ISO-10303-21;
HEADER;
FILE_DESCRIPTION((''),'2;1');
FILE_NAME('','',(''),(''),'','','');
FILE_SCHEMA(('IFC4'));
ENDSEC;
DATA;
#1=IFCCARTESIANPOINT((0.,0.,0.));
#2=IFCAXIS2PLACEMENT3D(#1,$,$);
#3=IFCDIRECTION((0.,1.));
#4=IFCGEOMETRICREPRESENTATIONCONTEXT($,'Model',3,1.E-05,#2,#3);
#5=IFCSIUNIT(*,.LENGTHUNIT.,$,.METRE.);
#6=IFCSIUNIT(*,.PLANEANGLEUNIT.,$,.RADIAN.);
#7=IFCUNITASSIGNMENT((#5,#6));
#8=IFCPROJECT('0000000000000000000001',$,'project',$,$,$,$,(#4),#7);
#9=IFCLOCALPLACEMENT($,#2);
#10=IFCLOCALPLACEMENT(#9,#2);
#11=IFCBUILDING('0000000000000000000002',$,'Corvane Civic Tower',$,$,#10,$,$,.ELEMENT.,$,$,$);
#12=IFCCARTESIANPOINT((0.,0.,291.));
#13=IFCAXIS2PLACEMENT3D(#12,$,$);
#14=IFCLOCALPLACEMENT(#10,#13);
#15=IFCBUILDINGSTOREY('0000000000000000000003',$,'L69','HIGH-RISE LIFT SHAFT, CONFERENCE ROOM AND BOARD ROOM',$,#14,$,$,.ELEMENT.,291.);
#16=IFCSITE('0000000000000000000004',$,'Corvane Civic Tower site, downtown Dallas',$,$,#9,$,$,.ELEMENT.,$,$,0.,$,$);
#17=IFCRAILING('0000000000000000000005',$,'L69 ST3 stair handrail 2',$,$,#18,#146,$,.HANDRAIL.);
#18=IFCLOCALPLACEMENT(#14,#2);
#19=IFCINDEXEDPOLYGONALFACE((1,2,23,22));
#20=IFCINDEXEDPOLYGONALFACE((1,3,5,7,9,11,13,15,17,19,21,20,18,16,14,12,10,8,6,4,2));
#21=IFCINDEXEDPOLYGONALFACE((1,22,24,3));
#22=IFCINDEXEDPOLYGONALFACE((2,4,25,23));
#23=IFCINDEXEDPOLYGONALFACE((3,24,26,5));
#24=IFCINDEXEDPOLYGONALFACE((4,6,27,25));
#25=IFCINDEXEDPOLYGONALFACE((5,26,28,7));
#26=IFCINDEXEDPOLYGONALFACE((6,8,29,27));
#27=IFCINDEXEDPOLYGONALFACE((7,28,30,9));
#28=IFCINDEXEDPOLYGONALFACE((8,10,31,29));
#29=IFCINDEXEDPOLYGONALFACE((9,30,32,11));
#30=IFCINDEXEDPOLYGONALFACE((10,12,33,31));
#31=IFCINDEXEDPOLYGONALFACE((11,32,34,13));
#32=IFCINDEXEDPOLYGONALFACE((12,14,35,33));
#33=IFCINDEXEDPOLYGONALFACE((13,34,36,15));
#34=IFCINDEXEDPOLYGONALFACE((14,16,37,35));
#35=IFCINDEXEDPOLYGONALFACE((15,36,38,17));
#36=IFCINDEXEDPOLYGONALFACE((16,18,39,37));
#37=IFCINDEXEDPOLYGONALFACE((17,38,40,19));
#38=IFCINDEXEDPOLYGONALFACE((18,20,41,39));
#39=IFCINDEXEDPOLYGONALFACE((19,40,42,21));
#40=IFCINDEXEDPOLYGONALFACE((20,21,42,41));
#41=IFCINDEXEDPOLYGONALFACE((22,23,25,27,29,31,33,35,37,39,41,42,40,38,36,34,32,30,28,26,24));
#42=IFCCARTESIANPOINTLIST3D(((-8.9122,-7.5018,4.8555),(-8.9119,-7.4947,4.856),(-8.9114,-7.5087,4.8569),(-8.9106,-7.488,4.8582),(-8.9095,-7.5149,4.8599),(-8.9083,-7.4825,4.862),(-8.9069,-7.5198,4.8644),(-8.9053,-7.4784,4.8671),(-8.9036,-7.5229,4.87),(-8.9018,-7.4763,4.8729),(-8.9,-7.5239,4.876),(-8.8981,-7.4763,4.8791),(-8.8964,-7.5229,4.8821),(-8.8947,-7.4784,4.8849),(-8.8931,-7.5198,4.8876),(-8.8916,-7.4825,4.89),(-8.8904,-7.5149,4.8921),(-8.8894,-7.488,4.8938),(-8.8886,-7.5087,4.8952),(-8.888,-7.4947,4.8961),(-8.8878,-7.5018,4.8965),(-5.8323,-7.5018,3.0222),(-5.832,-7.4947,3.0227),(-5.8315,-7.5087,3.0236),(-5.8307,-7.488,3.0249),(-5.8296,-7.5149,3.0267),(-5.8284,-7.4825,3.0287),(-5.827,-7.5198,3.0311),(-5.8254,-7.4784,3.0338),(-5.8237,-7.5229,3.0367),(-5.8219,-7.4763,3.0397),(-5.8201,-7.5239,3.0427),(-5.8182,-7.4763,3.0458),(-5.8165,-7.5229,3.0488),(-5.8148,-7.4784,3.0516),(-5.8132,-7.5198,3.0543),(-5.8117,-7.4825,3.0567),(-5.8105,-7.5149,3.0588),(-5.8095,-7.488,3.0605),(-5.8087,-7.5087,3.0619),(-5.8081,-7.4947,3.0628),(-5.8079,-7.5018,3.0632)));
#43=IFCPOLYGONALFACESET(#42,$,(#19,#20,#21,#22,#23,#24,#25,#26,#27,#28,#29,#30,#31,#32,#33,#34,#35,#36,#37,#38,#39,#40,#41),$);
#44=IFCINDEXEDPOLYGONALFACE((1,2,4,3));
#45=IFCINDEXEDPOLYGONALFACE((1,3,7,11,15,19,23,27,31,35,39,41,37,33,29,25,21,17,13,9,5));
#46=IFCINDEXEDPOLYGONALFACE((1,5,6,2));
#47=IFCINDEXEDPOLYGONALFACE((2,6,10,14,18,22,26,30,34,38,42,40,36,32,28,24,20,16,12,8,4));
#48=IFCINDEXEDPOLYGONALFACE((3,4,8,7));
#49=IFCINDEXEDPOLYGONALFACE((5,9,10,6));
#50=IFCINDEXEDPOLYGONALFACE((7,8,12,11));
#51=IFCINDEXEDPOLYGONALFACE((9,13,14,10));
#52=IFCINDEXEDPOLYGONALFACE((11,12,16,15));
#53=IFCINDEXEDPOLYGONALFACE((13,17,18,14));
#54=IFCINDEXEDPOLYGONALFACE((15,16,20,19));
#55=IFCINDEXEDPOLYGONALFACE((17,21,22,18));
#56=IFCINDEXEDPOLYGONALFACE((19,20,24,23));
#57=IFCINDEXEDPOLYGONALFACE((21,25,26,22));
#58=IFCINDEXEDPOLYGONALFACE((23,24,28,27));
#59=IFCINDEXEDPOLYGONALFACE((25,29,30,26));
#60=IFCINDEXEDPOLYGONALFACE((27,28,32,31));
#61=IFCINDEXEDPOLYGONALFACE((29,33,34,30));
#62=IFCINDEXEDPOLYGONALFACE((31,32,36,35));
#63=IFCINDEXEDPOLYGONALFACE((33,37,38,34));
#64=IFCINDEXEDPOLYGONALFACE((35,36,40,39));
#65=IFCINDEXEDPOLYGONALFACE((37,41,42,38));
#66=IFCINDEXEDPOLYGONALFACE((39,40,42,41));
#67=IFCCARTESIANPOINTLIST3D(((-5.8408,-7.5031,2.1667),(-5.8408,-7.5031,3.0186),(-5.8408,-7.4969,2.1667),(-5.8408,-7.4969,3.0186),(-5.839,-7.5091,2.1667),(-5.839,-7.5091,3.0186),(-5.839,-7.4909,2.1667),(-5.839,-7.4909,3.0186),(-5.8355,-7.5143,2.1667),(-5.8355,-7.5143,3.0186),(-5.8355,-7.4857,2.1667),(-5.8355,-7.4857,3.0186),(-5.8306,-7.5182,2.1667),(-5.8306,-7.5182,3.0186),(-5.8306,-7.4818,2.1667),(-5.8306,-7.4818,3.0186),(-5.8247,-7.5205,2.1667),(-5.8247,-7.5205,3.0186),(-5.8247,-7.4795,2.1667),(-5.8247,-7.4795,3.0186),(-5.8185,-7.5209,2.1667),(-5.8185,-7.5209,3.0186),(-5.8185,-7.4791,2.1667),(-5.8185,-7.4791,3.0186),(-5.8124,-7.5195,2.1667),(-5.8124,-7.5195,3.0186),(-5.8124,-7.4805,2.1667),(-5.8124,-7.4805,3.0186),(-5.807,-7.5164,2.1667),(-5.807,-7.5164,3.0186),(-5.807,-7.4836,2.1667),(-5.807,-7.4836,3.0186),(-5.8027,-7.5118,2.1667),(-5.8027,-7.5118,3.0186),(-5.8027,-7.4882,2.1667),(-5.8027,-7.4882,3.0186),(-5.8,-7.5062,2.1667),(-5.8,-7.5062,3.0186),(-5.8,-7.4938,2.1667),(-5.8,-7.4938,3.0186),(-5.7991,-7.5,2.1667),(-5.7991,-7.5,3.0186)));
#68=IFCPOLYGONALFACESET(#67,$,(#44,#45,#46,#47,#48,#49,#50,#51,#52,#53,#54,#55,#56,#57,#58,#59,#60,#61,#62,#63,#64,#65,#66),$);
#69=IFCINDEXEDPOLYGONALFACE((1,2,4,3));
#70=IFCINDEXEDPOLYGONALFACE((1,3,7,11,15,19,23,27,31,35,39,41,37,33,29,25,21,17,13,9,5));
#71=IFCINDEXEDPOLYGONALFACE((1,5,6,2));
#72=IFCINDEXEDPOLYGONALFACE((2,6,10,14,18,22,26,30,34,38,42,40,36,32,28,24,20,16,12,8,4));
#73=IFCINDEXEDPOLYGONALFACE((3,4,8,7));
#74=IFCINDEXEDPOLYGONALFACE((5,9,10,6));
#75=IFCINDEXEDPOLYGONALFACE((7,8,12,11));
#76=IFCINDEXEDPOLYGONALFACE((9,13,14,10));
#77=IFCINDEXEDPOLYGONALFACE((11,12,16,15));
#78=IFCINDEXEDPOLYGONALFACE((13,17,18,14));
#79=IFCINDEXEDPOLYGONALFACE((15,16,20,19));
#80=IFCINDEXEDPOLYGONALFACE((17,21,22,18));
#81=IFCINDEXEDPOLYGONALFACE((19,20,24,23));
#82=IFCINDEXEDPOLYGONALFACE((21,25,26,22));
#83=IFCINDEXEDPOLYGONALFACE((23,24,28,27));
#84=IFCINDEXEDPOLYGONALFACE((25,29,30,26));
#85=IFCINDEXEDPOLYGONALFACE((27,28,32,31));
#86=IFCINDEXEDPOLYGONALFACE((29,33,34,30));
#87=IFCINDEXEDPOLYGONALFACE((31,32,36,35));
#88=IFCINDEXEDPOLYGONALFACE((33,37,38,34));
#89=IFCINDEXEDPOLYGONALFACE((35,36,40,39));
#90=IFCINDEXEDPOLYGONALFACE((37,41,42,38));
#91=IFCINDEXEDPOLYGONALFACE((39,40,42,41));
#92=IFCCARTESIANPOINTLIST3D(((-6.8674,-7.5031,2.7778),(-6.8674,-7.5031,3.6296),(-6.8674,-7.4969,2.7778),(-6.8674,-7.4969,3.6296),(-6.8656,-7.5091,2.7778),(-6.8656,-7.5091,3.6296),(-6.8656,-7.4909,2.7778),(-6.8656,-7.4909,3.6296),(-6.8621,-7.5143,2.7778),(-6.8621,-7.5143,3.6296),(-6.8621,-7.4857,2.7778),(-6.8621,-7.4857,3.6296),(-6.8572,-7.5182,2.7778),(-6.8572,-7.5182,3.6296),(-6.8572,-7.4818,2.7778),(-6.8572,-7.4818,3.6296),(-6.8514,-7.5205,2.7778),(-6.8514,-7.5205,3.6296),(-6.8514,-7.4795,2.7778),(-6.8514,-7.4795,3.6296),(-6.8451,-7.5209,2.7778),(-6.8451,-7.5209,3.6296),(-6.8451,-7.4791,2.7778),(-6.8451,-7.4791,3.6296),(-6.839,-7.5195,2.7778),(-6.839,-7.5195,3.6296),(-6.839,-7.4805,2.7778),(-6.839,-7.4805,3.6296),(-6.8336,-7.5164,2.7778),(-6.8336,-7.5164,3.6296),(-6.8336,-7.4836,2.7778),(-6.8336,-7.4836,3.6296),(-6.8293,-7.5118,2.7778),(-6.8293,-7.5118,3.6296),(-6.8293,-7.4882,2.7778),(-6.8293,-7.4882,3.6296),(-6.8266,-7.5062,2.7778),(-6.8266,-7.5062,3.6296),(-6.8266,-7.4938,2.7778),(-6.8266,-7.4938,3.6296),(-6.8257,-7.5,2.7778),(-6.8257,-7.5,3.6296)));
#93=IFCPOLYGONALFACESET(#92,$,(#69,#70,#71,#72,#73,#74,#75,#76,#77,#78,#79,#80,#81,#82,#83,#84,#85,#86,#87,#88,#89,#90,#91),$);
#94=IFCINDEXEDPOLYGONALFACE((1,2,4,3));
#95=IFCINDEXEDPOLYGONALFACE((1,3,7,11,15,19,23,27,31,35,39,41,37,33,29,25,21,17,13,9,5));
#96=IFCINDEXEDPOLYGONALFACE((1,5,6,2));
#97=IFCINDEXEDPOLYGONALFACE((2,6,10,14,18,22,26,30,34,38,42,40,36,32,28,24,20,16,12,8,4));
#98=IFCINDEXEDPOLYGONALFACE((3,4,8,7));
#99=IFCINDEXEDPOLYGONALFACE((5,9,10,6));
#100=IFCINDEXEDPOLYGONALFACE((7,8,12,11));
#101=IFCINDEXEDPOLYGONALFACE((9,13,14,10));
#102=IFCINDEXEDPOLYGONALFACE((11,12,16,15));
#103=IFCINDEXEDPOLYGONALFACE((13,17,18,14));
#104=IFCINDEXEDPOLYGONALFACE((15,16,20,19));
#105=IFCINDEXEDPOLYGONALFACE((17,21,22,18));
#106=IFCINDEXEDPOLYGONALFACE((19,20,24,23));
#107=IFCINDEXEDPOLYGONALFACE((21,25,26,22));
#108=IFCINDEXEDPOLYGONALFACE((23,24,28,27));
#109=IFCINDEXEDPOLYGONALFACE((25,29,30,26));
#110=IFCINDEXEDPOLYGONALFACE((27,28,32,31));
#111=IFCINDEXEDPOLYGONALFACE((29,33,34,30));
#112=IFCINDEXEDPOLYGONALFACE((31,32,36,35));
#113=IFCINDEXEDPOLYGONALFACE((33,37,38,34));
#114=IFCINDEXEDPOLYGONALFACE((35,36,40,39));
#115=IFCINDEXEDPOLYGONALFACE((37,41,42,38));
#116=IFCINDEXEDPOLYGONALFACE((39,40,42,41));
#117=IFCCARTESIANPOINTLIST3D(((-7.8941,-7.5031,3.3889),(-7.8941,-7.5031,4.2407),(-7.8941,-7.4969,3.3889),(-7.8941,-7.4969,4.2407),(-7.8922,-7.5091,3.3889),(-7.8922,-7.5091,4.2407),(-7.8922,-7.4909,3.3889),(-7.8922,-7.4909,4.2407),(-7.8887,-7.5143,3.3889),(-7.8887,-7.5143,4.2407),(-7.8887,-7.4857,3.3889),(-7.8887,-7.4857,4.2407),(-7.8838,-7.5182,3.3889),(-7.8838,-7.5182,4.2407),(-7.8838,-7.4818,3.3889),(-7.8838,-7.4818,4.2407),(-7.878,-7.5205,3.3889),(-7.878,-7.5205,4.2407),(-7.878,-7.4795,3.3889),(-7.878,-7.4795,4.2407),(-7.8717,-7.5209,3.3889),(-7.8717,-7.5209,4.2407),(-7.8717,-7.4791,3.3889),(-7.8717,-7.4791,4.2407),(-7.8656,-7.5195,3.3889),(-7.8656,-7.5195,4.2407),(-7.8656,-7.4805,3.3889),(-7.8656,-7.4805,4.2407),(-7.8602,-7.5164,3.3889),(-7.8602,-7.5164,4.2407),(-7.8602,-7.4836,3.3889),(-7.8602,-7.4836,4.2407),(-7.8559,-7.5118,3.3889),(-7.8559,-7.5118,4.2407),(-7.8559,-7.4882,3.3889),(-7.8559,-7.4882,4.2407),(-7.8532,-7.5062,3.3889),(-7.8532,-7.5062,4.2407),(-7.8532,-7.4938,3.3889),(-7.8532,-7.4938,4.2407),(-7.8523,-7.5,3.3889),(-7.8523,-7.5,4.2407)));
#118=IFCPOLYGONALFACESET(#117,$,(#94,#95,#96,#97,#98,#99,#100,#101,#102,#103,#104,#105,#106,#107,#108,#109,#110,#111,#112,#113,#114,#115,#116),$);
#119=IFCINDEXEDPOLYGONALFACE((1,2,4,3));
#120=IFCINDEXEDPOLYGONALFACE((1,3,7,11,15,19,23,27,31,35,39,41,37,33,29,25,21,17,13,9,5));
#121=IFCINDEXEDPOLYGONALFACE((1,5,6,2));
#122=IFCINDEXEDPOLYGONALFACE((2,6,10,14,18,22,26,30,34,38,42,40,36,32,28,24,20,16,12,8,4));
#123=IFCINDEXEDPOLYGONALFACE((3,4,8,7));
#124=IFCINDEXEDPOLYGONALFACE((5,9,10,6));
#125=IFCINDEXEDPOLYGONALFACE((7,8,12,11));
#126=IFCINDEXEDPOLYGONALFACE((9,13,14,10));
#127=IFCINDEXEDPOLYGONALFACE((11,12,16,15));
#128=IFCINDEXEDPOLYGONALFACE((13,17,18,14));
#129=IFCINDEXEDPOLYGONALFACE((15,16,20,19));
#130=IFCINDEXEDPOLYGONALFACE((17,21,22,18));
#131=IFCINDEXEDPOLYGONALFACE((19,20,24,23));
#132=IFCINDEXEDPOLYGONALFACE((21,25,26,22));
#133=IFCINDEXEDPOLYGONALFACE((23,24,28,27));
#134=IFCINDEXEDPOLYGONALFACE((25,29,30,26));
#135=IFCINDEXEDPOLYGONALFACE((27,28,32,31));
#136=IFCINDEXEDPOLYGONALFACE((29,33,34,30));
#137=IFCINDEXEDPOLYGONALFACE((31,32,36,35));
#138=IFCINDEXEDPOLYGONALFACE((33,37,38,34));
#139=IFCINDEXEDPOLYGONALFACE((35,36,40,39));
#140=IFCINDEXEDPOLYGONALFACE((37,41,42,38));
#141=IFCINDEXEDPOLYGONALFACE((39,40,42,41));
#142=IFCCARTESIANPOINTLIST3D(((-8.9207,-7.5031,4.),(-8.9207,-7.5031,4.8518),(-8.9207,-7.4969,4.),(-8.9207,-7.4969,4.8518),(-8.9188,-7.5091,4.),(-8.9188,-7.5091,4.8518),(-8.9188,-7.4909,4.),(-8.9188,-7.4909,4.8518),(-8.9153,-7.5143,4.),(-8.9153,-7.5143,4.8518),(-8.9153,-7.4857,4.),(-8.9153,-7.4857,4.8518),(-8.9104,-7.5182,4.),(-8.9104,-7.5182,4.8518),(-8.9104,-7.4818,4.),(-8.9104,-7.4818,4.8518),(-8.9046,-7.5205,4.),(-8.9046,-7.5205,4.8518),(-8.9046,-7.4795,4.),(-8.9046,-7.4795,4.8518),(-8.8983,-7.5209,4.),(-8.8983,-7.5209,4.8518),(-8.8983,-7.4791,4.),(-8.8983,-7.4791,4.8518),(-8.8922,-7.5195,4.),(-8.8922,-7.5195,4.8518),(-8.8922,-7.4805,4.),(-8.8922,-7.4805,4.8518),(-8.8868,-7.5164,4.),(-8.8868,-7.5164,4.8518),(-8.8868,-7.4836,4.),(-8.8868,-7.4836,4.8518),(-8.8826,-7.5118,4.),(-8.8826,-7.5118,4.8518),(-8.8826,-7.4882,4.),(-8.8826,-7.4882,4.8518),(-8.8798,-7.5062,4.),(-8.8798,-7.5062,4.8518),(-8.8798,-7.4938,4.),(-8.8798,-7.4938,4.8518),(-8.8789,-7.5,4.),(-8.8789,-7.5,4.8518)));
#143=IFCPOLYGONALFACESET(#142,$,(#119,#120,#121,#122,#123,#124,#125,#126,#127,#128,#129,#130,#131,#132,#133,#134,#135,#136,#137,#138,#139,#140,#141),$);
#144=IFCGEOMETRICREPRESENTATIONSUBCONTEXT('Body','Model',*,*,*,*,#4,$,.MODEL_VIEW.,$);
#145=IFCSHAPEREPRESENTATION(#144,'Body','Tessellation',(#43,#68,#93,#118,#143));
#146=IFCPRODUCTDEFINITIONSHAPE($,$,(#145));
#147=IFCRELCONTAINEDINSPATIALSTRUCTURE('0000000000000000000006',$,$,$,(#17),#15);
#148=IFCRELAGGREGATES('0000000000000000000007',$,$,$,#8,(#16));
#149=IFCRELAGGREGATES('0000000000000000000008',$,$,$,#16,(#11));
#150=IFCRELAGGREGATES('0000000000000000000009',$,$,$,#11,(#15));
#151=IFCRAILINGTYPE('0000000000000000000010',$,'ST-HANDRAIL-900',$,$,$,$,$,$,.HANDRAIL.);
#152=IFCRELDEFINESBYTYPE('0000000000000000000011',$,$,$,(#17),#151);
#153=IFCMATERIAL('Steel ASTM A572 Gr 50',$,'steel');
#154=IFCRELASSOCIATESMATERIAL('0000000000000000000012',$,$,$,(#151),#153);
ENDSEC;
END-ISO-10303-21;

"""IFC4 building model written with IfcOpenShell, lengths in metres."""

from ifc_helpers import new_model, si_unit, direction, frame, origin, origin_2d, place, context, subcontext, project, spatial, circle, extrude, material, type_object, element, save


model = new_model("IFC4")

# Units and contexts
model_context = context("Model", 3, precision=1e-05, world=origin(), true_north=direction((0.0, 1.0)))
body_context = subcontext(model_context, "Body", "Model", "MODEL_VIEW")
ifc_project = project(units=[si_unit("LENGTHUNIT", "METRE"), si_unit("PLANEANGLEUNIT", "RADIAN")], contexts=[model_context])

# Site, building, storey
site_placement = place(None, origin())
site = spatial("IfcSite", under=ifc_project, at=site_placement, Name="Corvane Civic Tower site, downtown Dallas", CompositionType="ELEMENT", RefElevation=0.0)
building_placement = place(site_placement, origin())
building = spatial("IfcBuilding", under=site, at=building_placement, Name="Corvane Civic Tower", CompositionType="ELEMENT")
storey_placement = place(building_placement, frame((0.0, 0.0, 291.0)))
storey = spatial("IfcBuildingStorey", under=building, at=storey_placement, Name="L69", Description="HIGH-RISE LIFT SHAFT, CONFERENCE ROOM AND BOARD ROOM", CompositionType="ELEMENT", Elevation=291.0)

# Railing
ifc_material_1 = material(Name="Steel ASTM A572 Gr 50", Category="steel")
railing_type_1 = type_object("IfcRailingType", Name="ST-HANDRAIL-900", PredefinedType="HANDRAIL", material=ifc_material_1)
railing_1_placement = place(storey_placement, frame((-5.8201, -7.5, 2.1667)))
element("IfcRailing", 1, at=railing_1_placement, inside=storey, type_object=railing_type_1, Name="L69 ST3 stair handrail 2", PredefinedType="HANDRAIL", context=body_context, shape_type="SweptSolid", body=[
    extrude(circle(Radius=0.0239, at=origin_2d()), frame((0.0, 0.0, 0.876), z_axis=(-0.859291, 0.0, 0.511487), x_axis=(0.0, -1.0, 0.0)), (0.0, 0.0, 1.0), 3.5842),
    extrude(circle(Radius=0.021, at=origin_2d()), origin(), (0.0, 0.0, 1.0), 0.8518),
    extrude(circle(Radius=0.021, at=origin_2d()), frame((-1.0266, 0.0, 0.6111)), (0.0, 0.0, 1.0), 0.8518),
    extrude(circle(Radius=0.021, at=origin_2d()), frame((-2.0532, 0.0, 1.2222)), (0.0, 0.0, 1.0), 0.8518),
    extrude(circle(Radius=0.021, at=origin_2d()), frame((-3.0798, 0.0, 1.8333)), (0.0, 0.0, 1.0), 0.8518),
])

save(model, "model.ifc")
